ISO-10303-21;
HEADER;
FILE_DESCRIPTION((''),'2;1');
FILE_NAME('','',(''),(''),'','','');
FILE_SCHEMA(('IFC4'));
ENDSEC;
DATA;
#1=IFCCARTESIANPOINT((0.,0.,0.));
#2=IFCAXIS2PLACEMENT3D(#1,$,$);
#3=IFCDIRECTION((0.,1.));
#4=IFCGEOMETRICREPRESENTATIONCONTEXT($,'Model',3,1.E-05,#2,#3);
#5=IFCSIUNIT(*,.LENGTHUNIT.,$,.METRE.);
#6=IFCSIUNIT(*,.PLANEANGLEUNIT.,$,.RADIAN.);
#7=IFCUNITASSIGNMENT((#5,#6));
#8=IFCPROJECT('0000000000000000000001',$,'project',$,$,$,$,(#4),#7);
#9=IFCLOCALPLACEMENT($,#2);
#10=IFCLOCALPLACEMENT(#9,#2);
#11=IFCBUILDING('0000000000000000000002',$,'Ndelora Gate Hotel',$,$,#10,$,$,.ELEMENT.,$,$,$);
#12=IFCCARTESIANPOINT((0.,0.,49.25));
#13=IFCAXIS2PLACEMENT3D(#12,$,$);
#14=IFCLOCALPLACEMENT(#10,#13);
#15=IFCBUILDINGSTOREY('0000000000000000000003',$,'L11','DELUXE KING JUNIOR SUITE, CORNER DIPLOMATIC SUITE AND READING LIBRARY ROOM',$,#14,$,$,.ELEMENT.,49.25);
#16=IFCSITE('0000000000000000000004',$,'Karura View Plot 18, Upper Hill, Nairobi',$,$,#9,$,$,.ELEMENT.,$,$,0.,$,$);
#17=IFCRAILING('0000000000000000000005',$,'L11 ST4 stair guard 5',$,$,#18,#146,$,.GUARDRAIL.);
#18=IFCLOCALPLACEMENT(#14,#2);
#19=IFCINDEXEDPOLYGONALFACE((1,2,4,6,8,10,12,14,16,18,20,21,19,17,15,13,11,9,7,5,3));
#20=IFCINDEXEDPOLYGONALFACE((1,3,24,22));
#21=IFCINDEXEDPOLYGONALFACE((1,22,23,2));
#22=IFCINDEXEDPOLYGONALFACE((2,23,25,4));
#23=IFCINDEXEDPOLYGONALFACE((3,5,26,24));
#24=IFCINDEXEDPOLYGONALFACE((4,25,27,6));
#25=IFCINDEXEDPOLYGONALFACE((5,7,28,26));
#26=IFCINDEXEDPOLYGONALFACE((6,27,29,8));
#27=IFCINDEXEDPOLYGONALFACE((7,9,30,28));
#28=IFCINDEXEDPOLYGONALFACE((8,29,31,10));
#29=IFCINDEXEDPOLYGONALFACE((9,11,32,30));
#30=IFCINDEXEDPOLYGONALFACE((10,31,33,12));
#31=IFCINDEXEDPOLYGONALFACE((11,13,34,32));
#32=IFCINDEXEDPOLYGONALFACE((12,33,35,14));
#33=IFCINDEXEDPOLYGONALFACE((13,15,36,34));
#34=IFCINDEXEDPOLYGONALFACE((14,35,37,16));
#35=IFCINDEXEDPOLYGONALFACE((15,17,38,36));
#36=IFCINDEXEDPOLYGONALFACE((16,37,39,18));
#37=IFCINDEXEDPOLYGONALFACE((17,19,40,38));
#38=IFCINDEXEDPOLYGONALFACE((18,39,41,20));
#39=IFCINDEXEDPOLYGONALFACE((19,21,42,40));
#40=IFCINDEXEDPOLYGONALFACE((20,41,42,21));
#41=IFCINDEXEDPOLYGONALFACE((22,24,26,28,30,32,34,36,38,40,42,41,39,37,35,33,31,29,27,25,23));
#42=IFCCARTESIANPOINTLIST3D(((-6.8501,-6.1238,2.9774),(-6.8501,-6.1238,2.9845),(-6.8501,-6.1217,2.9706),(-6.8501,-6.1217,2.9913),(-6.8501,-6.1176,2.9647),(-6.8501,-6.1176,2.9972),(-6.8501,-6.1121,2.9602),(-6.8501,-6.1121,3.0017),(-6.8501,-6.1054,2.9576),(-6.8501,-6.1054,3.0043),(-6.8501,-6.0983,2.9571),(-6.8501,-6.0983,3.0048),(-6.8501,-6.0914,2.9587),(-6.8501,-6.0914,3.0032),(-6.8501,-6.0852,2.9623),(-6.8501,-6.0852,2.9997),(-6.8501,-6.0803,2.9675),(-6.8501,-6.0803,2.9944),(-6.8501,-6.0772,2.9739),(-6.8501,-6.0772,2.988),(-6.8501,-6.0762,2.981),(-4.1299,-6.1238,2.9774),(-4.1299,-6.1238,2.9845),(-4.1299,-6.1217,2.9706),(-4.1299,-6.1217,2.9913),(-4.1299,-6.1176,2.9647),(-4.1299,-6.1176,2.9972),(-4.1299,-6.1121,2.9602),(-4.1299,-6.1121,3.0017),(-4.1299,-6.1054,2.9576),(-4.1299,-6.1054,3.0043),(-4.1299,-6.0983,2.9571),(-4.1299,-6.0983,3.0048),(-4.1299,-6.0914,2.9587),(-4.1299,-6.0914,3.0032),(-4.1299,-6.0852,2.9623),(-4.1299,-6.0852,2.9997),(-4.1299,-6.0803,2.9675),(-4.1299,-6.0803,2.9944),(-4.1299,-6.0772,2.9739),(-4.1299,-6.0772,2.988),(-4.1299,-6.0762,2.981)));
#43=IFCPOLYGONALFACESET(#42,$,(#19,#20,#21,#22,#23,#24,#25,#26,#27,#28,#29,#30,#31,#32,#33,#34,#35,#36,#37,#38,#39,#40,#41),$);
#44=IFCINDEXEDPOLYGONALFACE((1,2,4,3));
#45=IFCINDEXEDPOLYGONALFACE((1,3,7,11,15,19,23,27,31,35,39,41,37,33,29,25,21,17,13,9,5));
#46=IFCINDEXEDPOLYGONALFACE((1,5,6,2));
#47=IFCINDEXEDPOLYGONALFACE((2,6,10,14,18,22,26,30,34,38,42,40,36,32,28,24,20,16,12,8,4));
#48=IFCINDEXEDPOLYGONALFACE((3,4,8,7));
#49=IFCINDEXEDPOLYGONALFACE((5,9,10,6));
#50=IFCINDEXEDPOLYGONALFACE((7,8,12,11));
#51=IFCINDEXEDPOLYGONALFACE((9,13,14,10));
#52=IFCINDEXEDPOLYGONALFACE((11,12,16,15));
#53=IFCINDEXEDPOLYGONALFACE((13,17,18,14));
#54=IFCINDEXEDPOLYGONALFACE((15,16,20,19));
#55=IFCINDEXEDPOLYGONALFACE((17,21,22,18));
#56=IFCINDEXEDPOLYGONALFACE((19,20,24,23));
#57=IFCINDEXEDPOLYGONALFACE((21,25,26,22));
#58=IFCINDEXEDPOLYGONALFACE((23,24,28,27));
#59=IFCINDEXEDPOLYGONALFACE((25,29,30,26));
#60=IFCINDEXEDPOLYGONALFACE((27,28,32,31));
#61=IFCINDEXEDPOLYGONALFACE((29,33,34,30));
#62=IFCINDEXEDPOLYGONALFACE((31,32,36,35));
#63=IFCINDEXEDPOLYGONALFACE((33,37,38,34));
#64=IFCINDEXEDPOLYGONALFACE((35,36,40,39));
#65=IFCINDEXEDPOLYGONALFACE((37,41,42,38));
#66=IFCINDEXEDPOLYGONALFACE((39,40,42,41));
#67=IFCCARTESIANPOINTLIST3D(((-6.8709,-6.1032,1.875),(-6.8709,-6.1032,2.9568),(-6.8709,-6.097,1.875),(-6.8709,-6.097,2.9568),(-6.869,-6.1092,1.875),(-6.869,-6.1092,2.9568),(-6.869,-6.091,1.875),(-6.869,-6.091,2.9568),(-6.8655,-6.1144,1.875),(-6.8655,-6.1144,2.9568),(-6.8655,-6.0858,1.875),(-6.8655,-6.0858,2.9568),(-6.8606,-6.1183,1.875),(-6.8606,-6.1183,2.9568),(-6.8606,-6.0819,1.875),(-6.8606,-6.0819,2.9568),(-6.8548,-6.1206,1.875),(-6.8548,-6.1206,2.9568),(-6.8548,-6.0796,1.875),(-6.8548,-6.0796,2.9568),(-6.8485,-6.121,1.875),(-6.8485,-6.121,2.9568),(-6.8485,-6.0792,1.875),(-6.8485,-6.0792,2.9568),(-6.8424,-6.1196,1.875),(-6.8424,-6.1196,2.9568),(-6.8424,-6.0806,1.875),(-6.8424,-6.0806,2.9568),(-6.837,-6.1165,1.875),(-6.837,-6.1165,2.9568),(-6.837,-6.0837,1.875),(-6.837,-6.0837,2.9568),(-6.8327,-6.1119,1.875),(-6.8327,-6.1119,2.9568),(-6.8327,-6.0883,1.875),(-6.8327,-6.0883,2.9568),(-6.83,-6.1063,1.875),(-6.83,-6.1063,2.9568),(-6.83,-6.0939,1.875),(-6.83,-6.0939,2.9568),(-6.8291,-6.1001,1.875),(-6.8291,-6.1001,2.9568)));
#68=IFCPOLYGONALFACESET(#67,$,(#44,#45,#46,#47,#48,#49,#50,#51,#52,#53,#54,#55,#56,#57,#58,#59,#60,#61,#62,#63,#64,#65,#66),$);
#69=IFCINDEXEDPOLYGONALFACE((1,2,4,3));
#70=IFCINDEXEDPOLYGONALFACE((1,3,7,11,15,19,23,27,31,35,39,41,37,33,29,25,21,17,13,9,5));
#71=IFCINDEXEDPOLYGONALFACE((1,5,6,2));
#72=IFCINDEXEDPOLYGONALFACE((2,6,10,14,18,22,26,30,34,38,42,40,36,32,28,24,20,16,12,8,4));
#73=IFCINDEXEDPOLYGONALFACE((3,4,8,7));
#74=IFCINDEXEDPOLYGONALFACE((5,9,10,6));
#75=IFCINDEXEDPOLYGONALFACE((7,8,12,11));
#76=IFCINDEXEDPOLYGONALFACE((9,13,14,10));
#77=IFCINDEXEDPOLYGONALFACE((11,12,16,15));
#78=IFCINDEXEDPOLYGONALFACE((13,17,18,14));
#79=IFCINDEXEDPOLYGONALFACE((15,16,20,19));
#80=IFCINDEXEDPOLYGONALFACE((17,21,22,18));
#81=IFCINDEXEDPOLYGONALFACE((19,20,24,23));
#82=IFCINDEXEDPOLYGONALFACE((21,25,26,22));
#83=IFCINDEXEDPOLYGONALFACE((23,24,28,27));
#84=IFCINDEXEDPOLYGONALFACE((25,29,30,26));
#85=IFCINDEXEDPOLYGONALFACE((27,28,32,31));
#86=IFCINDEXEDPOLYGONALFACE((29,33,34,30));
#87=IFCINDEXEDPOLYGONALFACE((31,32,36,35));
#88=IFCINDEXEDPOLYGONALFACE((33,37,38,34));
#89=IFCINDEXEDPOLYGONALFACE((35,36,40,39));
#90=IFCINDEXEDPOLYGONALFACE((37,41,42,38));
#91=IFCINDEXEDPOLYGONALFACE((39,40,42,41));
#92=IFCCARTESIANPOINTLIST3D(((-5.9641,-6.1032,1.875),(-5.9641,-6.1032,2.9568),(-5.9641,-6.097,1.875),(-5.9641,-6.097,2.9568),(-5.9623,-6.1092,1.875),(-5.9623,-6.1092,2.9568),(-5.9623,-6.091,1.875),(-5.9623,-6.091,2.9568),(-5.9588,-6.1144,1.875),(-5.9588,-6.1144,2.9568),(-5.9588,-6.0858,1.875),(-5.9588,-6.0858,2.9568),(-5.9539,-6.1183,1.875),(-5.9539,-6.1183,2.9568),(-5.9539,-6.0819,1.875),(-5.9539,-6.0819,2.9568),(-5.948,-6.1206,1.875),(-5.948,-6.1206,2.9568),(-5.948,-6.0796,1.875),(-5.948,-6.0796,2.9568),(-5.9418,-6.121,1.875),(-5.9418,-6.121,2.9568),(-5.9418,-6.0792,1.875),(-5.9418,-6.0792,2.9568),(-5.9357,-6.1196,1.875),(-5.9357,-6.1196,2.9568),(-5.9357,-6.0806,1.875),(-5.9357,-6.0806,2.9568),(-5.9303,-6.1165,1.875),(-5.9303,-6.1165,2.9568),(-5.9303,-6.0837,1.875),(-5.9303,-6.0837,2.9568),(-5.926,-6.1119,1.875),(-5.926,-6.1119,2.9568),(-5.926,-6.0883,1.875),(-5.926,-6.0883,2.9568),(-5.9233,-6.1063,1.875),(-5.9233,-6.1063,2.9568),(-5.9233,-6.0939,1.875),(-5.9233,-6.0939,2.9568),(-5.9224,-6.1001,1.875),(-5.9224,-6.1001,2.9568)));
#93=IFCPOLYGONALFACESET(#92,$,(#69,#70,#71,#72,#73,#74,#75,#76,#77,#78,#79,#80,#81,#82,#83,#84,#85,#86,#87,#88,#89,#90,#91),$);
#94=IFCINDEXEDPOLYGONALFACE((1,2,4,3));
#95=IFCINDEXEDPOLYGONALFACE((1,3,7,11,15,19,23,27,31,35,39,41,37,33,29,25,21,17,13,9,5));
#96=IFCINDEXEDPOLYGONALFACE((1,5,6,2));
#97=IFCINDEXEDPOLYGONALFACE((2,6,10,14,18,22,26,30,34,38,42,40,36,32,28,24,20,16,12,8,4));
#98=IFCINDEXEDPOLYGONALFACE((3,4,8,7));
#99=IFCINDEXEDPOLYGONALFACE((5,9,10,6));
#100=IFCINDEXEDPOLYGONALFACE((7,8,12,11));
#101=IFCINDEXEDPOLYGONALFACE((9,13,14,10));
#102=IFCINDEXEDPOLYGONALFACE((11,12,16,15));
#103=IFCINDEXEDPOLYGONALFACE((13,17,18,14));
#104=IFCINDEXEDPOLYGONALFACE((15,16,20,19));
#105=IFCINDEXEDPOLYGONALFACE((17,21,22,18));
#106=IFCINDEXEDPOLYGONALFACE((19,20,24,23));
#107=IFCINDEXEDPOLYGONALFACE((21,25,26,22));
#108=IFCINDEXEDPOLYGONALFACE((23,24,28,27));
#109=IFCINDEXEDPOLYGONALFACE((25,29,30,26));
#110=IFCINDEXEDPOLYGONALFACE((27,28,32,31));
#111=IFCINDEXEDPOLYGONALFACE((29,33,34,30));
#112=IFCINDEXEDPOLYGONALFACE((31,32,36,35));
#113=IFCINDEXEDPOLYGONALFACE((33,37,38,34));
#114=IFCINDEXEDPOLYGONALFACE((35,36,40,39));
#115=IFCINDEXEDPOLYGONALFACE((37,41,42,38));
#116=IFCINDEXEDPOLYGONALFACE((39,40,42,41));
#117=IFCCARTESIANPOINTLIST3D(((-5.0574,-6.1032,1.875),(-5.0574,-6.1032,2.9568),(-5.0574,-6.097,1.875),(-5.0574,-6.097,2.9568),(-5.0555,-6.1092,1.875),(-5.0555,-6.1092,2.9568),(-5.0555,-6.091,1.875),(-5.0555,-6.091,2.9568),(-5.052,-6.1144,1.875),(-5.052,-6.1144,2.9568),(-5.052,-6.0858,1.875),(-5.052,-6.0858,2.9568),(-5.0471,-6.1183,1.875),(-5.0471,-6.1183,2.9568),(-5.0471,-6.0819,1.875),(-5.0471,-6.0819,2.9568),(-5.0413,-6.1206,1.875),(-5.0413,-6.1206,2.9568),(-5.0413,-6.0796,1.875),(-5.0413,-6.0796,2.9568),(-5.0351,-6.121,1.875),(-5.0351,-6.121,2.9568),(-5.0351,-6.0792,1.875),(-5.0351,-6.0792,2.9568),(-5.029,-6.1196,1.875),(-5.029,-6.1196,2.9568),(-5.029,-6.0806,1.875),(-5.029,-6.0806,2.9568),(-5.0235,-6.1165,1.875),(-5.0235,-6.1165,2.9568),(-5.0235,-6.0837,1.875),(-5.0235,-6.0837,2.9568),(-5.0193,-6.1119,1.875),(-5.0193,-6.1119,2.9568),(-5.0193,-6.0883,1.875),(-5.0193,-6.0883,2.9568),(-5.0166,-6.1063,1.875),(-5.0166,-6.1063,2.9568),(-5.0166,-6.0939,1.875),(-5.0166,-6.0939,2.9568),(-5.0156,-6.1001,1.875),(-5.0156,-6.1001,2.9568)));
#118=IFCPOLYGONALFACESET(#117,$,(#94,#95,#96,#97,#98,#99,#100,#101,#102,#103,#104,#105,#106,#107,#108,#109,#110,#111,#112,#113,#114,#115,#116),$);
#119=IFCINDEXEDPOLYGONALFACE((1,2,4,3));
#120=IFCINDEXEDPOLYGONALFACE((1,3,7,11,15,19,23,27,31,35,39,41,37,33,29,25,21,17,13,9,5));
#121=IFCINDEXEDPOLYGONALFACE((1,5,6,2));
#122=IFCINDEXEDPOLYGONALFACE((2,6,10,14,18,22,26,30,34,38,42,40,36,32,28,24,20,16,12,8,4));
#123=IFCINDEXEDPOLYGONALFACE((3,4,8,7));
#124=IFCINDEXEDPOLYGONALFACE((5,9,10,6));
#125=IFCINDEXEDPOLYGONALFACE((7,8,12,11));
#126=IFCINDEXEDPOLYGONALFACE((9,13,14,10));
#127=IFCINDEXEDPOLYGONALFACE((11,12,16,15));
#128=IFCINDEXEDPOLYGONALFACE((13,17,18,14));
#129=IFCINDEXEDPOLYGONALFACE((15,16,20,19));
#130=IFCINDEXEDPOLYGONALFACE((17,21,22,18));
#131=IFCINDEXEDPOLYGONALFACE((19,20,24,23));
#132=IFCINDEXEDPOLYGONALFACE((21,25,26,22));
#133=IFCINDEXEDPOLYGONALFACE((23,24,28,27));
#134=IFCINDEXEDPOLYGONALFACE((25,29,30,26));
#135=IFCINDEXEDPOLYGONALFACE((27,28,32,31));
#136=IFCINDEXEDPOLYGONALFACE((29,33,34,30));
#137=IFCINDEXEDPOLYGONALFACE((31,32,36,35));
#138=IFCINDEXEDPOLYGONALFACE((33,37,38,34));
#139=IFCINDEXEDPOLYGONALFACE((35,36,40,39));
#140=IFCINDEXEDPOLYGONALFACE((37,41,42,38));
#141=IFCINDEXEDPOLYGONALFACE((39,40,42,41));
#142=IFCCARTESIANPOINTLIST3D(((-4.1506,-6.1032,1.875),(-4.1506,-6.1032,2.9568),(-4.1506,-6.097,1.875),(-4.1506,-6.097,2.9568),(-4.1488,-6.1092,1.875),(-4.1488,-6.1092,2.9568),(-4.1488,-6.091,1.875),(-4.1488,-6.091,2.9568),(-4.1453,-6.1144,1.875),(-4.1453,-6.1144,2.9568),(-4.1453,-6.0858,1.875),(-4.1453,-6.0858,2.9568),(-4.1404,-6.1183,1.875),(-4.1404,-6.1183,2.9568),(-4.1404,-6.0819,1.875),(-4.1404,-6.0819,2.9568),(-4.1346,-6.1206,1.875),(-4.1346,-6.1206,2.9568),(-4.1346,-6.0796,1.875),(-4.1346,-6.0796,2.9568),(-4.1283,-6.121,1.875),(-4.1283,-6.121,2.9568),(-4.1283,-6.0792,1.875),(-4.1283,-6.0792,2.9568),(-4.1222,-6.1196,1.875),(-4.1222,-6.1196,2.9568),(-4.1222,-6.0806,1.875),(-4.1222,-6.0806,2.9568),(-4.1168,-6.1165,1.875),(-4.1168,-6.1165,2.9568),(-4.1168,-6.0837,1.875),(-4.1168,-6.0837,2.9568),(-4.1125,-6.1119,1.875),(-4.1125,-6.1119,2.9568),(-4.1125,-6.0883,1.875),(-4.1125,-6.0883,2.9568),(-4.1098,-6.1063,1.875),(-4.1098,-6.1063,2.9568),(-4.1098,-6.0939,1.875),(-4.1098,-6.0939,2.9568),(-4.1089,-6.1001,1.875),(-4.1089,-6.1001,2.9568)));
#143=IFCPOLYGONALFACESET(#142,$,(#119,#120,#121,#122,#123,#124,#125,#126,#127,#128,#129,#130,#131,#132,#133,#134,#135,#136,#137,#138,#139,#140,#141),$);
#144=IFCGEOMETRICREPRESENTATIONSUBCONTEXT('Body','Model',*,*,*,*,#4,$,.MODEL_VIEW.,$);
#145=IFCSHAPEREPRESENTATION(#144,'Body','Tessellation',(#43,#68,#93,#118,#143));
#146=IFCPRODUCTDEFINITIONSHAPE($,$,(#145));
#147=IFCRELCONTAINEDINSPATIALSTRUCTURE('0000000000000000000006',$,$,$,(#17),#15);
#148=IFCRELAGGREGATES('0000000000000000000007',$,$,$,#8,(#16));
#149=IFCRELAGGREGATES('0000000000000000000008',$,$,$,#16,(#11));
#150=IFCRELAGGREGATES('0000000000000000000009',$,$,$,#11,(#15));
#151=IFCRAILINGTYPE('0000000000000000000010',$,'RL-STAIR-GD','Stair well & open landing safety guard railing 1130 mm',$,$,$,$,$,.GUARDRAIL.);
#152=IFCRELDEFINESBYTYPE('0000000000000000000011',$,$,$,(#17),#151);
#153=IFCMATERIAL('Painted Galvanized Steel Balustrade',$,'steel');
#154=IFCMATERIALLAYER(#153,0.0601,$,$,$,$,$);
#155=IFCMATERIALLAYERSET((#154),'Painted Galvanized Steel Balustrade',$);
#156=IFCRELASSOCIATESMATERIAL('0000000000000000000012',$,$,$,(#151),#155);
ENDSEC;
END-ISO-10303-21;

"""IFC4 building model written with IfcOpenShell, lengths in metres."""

from ifc_helpers import new_model, si_unit, direction, frame, origin, origin_2d, place, context, subcontext, project, spatial, circle, extrude, material, layer, layer_set, type_object, element, save


model = new_model("IFC4")

# Units and contexts
model_context = context("Model", 3, precision=1e-05, world=origin(), true_north=direction((0.0, 1.0)))
body_context = subcontext(model_context, "Body", "Model", "MODEL_VIEW")
ifc_project = project(units=[si_unit("LENGTHUNIT", "METRE"), si_unit("PLANEANGLEUNIT", "RADIAN")], contexts=[model_context])

# Site, building, storey
site_placement = place(None, origin())
site = spatial("IfcSite", under=ifc_project, at=site_placement, Name="Karura View Plot 18, Upper Hill, Nairobi", CompositionType="ELEMENT", RefElevation=0.0)
building_placement = place(site_placement, origin())
building = spatial("IfcBuilding", under=site, at=building_placement, Name="Ndelora Gate Hotel", CompositionType="ELEMENT")
storey_placement = place(building_placement, frame((0.0, 0.0, 49.25)))
storey = spatial("IfcBuildingStorey", under=building, at=storey_placement, Name="L11", Description="DELUXE KING JUNIOR SUITE, CORNER DIPLOMATIC SUITE AND READING LIBRARY ROOM", CompositionType="ELEMENT", Elevation=49.25)

# Railing
ifc_material_1 = material(Name="Painted Galvanized Steel Balustrade", Category="steel")
ifc_layer_1 = layer(ifc_material_1, 0.0601)
ifc_layer_set_1 = layer_set([ifc_layer_1], Name="Painted Galvanized Steel Balustrade")
railing_type = type_object("IfcRailingType", Name="RL-STAIR-GD", Description="Stair well & open landing safety guard railing 1130 mm", PredefinedType="GUARDRAIL", material=ifc_layer_set_1)
railing_1_placement = place(storey_placement, frame((-6.8501, -6.1001, 1.875)))
element("IfcRailing", 1, at=railing_1_placement, inside=storey, type_object=railing_type, Name="L11 ST4 stair guard 5", PredefinedType="GUARDRAIL", context=body_context, shape_type="SweptSolid", body=[
    extrude(circle(Radius=0.0239, at=origin_2d()), frame((0.0, 0.0, 1.106), z_axis=(1.0, 0.0, 0.0), x_axis=(0.0, 1.0, 0.0)), (0.0, 0.0, 1.0), 2.7202),
    extrude(circle(Radius=0.021, at=origin_2d()), origin(), (0.0, 0.0, 1.0), 1.0818),
    extrude(circle(Radius=0.021, at=origin_2d()), frame((0.9067, 0.0, 0.0)), (0.0, 0.0, 1.0), 1.0818),
    extrude(circle(Radius=0.021, at=origin_2d()), frame((1.8135, 0.0, 0.0)), (0.0, 0.0, 1.0), 1.0818),
    extrude(circle(Radius=0.021, at=origin_2d()), frame((2.7202, 0.0, 0.0)), (0.0, 0.0, 1.0), 1.0818),
])

save(model, "model.ifc")
